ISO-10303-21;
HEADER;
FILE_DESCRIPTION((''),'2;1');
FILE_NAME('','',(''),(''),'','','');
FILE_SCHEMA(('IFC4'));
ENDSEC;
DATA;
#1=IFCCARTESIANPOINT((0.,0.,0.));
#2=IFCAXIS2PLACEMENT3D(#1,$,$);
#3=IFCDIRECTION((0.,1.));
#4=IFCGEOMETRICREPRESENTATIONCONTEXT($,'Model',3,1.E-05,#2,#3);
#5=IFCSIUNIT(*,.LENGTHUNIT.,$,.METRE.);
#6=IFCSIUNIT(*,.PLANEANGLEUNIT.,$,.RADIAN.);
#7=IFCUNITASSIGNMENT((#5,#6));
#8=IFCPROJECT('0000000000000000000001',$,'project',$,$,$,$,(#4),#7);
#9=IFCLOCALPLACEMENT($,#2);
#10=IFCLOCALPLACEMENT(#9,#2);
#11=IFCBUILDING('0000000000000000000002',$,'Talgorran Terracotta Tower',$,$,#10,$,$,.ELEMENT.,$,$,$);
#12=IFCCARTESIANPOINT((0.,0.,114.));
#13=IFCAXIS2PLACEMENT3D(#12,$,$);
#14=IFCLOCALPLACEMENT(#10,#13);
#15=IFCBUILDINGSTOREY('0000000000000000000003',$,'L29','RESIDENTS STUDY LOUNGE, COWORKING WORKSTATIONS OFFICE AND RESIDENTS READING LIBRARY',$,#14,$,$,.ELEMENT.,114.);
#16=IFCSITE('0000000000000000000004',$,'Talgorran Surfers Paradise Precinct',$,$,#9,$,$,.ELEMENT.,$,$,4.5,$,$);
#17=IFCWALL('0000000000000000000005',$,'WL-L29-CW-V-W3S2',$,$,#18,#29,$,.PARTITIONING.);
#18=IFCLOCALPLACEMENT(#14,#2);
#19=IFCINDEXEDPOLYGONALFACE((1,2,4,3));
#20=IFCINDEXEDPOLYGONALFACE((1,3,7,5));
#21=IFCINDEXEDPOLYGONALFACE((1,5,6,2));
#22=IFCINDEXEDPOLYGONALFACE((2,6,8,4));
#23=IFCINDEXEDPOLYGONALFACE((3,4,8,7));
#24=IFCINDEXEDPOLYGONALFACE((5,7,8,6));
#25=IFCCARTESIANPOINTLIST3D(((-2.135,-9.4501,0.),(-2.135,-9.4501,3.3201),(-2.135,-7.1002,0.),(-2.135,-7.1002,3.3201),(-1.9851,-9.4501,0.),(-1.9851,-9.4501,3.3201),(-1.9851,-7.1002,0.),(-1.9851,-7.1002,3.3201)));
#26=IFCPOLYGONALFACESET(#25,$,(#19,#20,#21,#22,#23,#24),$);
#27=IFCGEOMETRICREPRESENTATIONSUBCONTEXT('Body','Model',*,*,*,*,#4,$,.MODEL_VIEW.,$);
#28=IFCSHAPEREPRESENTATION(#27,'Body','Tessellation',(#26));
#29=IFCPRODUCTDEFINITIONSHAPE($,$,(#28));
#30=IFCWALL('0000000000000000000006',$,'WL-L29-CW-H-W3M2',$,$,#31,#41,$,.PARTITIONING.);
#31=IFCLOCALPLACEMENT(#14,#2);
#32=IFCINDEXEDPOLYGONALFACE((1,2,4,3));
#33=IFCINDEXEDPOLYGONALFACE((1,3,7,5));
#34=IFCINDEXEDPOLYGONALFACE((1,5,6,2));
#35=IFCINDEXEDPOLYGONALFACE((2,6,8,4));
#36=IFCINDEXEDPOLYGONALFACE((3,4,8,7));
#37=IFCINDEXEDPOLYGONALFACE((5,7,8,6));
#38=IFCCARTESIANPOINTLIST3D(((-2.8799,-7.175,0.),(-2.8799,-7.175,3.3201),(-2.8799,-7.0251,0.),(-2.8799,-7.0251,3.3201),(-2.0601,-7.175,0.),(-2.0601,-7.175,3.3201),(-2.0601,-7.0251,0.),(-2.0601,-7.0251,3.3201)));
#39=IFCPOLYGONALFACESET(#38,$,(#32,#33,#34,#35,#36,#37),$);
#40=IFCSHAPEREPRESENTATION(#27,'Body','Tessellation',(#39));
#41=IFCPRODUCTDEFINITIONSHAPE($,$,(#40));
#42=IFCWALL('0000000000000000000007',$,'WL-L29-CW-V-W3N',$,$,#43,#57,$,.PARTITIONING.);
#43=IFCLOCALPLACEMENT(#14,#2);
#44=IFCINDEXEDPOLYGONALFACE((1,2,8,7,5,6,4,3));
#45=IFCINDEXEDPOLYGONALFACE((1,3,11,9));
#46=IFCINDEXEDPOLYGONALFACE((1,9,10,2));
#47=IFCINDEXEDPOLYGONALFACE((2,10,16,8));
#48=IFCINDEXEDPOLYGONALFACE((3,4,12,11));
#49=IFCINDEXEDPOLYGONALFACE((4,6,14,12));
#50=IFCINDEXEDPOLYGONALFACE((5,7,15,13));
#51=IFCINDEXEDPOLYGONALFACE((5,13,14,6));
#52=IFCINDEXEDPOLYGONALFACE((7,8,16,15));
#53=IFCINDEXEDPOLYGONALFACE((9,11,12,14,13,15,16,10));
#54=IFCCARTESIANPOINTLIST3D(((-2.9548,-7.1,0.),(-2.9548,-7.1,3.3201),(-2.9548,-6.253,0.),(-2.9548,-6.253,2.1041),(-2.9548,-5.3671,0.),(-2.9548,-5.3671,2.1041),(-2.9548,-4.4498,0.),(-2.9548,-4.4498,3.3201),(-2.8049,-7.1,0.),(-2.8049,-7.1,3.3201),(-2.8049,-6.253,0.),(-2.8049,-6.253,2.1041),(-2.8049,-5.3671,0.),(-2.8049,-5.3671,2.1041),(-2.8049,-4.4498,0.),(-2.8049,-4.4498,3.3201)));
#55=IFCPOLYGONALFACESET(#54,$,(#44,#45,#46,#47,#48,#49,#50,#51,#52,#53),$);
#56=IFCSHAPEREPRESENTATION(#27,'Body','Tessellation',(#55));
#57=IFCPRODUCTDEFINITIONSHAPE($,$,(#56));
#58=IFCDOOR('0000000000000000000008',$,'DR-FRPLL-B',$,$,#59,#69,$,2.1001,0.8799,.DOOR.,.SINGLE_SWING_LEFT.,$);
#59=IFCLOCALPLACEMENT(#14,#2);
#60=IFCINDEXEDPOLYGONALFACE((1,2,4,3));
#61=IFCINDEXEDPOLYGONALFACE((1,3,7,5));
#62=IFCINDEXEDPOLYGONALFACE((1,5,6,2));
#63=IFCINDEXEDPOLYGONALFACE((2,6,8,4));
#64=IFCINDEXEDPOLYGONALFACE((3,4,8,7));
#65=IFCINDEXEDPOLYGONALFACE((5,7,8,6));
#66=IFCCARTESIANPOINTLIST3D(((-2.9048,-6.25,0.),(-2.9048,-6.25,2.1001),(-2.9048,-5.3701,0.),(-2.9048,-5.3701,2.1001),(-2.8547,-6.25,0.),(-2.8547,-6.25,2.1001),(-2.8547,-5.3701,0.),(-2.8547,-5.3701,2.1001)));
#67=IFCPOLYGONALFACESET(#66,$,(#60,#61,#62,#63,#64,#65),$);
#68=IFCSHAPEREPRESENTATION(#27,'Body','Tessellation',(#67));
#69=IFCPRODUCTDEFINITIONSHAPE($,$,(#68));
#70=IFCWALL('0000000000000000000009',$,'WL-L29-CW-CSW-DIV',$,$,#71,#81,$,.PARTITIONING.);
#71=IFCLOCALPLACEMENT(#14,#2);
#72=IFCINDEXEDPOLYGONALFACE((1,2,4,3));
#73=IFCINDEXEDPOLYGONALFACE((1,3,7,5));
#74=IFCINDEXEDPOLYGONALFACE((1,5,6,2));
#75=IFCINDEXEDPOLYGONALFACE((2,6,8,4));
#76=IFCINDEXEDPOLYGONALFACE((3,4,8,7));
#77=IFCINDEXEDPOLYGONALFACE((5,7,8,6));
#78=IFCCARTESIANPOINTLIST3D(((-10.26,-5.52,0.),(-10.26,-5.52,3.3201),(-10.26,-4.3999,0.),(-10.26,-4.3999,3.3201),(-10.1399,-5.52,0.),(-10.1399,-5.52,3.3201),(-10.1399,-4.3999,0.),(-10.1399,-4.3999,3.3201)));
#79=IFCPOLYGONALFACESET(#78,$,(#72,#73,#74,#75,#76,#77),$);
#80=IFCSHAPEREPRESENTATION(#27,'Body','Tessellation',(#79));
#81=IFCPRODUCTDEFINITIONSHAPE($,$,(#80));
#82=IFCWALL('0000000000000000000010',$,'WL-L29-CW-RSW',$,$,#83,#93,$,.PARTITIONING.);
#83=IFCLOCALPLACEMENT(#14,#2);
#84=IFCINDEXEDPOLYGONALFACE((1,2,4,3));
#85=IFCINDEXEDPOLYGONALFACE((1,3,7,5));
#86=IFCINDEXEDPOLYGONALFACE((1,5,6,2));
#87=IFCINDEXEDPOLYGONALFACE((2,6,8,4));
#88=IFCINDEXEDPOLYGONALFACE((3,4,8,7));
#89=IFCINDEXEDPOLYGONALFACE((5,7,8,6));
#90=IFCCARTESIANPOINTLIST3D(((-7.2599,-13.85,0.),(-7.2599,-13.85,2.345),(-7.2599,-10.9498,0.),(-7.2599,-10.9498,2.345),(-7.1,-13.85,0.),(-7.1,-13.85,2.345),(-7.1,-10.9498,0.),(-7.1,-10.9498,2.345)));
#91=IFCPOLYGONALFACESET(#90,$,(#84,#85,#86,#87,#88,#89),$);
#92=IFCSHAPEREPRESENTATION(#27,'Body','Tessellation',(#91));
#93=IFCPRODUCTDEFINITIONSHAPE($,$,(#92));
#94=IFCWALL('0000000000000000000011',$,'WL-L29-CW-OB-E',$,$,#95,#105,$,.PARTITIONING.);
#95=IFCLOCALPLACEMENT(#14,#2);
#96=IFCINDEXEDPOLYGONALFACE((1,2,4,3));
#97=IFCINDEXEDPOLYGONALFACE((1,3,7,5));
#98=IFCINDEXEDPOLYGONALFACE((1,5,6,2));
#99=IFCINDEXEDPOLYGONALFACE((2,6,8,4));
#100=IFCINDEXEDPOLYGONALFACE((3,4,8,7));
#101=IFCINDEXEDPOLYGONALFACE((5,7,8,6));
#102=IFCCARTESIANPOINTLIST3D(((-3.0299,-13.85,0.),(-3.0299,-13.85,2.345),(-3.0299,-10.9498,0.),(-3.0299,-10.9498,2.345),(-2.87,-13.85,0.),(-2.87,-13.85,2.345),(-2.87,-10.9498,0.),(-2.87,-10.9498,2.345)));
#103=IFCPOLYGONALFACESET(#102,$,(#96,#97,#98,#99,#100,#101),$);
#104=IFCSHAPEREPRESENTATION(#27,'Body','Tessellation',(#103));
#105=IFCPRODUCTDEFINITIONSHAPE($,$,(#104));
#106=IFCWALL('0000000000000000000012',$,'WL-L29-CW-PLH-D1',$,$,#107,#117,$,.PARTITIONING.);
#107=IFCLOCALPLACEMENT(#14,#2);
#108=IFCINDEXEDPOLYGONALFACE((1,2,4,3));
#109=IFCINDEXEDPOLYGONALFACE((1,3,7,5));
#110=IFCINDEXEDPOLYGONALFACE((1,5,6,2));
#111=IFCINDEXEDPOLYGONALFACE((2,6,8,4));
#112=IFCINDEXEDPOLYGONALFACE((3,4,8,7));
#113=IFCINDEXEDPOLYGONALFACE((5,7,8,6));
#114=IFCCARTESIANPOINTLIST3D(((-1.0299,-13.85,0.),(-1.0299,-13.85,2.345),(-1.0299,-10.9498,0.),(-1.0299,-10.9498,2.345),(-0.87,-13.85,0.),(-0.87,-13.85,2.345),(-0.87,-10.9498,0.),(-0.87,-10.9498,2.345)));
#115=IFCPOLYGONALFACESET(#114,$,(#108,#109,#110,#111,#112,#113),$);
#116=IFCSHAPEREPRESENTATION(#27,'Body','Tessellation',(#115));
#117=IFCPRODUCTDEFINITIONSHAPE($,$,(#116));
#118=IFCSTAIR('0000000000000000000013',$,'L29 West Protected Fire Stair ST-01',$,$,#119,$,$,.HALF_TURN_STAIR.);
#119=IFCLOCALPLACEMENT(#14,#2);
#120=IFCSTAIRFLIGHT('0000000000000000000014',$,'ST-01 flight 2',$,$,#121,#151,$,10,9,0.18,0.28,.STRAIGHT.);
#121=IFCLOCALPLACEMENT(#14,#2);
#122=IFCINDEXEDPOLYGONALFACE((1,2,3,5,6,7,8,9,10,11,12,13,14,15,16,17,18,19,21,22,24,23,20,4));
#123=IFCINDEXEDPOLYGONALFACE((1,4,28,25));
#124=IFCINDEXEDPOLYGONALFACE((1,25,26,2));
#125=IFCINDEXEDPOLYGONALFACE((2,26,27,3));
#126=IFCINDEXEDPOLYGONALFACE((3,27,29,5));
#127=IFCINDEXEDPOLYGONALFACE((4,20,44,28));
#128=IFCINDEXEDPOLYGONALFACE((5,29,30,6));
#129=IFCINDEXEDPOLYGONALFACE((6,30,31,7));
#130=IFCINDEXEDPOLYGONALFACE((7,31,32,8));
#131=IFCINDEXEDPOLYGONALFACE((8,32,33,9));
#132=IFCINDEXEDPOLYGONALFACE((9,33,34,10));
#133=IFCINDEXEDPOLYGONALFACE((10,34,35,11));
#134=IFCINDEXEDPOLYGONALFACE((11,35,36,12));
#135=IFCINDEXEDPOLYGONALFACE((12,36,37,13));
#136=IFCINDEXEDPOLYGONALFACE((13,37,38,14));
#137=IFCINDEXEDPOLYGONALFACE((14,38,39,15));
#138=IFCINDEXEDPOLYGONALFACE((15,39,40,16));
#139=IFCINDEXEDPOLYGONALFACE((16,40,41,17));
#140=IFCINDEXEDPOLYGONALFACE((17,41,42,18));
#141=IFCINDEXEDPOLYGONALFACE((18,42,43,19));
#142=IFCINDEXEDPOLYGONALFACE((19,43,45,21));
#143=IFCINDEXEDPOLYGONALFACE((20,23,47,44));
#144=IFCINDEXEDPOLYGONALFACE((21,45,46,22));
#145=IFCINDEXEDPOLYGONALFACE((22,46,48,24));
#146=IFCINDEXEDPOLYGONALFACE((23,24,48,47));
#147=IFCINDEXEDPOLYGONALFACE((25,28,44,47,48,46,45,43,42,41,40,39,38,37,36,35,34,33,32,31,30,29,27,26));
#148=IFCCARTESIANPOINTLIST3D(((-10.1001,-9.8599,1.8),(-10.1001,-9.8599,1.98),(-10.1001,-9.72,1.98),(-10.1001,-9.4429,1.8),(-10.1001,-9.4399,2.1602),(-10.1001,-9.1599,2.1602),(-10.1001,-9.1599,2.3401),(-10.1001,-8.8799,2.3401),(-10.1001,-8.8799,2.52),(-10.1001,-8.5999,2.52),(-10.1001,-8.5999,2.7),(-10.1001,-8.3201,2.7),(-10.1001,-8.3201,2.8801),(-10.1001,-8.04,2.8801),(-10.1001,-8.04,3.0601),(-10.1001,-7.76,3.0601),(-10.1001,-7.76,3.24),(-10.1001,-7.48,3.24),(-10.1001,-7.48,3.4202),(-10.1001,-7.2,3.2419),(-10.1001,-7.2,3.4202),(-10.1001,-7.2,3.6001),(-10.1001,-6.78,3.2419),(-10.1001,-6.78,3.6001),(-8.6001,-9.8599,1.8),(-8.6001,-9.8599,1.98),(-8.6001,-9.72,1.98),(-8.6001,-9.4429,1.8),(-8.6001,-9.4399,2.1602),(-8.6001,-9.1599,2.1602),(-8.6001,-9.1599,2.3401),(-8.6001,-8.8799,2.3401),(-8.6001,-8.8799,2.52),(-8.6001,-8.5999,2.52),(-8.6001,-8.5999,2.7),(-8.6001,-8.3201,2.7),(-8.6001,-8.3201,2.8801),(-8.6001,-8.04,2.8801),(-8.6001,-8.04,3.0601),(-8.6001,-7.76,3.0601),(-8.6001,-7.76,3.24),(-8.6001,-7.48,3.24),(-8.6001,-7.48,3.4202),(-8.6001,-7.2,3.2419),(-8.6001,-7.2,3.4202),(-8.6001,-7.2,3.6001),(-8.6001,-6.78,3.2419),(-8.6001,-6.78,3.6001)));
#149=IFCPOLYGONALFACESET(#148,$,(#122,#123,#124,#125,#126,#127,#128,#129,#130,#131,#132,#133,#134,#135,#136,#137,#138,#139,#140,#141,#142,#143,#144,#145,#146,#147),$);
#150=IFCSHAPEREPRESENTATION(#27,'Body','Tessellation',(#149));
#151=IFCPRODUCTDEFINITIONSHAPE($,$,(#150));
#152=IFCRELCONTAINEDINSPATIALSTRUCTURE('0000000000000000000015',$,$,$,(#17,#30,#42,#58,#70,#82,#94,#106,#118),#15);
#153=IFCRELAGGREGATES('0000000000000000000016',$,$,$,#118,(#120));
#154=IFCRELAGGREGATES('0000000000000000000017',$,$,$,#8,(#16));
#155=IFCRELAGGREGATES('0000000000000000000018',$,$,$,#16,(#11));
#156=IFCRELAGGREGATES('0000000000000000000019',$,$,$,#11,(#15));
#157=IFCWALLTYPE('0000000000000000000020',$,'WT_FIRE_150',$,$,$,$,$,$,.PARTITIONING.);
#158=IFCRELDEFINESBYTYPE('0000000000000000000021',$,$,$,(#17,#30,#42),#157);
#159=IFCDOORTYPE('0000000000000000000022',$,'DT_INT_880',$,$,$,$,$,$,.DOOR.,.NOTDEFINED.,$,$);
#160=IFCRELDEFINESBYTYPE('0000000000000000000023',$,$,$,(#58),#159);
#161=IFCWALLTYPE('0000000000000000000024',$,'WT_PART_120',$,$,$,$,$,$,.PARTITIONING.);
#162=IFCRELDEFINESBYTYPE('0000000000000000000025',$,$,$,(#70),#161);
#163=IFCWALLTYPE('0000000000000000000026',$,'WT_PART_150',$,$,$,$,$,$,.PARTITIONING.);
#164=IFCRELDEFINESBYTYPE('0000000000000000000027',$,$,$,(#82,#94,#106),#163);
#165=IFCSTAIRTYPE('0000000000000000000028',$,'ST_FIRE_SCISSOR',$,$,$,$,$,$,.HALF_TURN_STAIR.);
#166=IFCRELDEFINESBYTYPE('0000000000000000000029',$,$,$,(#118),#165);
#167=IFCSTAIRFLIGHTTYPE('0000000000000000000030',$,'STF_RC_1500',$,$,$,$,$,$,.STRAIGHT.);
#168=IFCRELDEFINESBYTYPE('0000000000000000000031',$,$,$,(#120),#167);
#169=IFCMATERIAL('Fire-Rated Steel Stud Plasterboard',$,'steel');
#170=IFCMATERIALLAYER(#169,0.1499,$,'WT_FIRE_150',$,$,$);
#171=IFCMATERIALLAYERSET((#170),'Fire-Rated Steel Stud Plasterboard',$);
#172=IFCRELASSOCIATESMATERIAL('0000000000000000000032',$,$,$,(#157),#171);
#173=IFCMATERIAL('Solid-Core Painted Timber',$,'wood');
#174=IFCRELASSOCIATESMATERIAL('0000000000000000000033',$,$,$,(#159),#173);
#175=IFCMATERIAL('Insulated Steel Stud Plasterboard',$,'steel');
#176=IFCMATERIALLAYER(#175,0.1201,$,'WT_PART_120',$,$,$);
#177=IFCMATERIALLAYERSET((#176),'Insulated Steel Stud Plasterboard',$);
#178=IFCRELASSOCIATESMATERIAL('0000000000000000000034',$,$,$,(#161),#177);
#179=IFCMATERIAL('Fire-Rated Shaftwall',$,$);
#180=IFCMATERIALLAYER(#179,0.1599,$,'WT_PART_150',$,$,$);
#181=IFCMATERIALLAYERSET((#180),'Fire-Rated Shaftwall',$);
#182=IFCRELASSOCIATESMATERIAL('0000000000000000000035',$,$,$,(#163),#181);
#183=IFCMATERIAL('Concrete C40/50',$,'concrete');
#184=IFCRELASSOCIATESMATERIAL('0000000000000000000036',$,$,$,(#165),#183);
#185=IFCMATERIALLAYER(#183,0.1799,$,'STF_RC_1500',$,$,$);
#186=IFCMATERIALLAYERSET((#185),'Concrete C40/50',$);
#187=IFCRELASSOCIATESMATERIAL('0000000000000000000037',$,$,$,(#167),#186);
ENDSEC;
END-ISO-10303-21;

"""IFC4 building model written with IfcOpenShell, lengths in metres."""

from ifc_helpers import new_model, si_unit, direction, frame, frame_2d, origin, place, context, subcontext, project, spatial, polyline, rectangle, outline, extrude, material, layer, layer_set, type_object, element, fill, aggregate, save


model = new_model("IFC4")

# Units and contexts
model_context = context("Model", 3, precision=1e-05, world=origin(), true_north=direction((0.0, 1.0)))
body_context = subcontext(model_context, "Body", "Model", "MODEL_VIEW")
ifc_project = project(units=[si_unit("LENGTHUNIT", "METRE"), si_unit("PLANEANGLEUNIT", "RADIAN")], contexts=[model_context])

# Site, building, storey
site_placement = place(None, origin())
site = spatial("IfcSite", under=ifc_project, at=site_placement, Name="Talgorran Surfers Paradise Precinct", CompositionType="ELEMENT", RefElevation=4.5)
building_placement = place(site_placement, origin())
building = spatial("IfcBuilding", under=site, at=building_placement, Name="Talgorran Terracotta Tower", CompositionType="ELEMENT")
storey_placement = place(building_placement, frame((0.0, 0.0, 114.0)))
storey = spatial("IfcBuildingStorey", under=building, at=storey_placement, Name="L29", Description="RESIDENTS STUDY LOUNGE, COWORKING WORKSTATIONS OFFICE AND RESIDENTS READING LIBRARY", CompositionType="ELEMENT", Elevation=114.0)

# Walls
ifc_material_1 = material(Name="Fire-Rated Steel Stud Plasterboard", Category="steel")
ifc_layer_1 = layer(ifc_material_1, 0.1499, Name="WT_FIRE_150")
ifc_layer_set_1 = layer_set([ifc_layer_1], Name="Fire-Rated Steel Stud Plasterboard")
wall_type_1 = type_object("IfcWallType", Name="WT_FIRE_150", PredefinedType="PARTITIONING", material=ifc_layer_set_1)
wall_1_placement = place(storey_placement, frame((-2.0601, -9.45, 0.0), z_axis=(0.0, 0.0, 1.0), x_axis=(0.0, 1.0, 0.0)))
element("IfcWall", 1, at=wall_1_placement, inside=storey, type_object=wall_type_1, Name="WL-L29-CW-V-W3S2", PredefinedType="PARTITIONING", context=body_context, shape_type="SweptSolid", body=[
    extrude(rectangle(XDim=2.3499, YDim=0.1499, at=frame_2d((1.1748, 0.0))), origin(), (0.0, 0.0, 1.0), 3.3201),
])
wall_2_placement = place(storey_placement, frame((-2.8799, -7.1001, 0.0), z_axis=(0.0, 0.0, 1.0), x_axis=(1.0, 0.0, 0.0)))
element("IfcWall", 2, at=wall_2_placement, inside=storey, type_object=wall_type_1, Name="WL-L29-CW-H-W3M2", PredefinedType="PARTITIONING", context=body_context, shape_type="SweptSolid", body=[
    extrude(rectangle(XDim=0.8198, YDim=0.1499, at=frame_2d((0.4099, 0.0))), origin(), (0.0, 0.0, 1.0), 3.3201),
])

# Wall, opening, door
wall_3_placement = place(storey_placement, frame((-2.8799, -7.1001, 0.0), z_axis=(0.0, 0.0, 1.0), x_axis=(0.0, 1.0, 0.0)))
wall_3 = element("IfcWall", 3, at=wall_3_placement, inside=storey, type_object=wall_type_1, Name="WL-L29-CW-V-W3N", PredefinedType="PARTITIONING", context=body_context, shape_type="SweptSolid", body=[
    extrude(rectangle(XDim=2.6501, YDim=0.1499, at=frame_2d((1.3252, 0.0))), origin(), (0.0, 0.0, 1.0), 3.3201),
])
opening_1_placement = place(wall_3_placement, frame((0.8501, 0.0, 0.0)))
opening_1 = element("IfcOpeningElement", 4, at=opening_1_placement, cuts=wall_3, PredefinedType="OPENING", context=body_context, shape_type="SweptSolid", body=[
    extrude(rectangle(XDim=0.8859, YDim=2.1041, at=frame_2d((0.4399, 1.052))), frame((0.0, 0.085, 0.0), z_axis=(0.0, -1.0, 0.0), x_axis=(1.0, 0.0, 0.0)), (0.0, 0.0, 1.0), 0.1699),
])
ifc_material_2 = material(Name="Solid-Core Painted Timber", Category="wood")
door_type_1 = type_object("IfcDoorType", Name="DT_INT_880", OperationType="NOTDEFINED", PredefinedType="DOOR", material=ifc_material_2)
door_1_placement = place(opening_1_placement, origin())
door_1 = element("IfcDoor", 5, at=door_1_placement, inside=storey, type_object=door_type_1, Name="DR-FRPLL-B", OperationType="SINGLE_SWING_LEFT", OverallHeight=2.1001, OverallWidth=0.8799, PredefinedType="DOOR", context=body_context, shape_type="SweptSolid", body=[
    extrude(rectangle(XDim=0.8799, YDim=2.1001, at=frame_2d((0.4399, 1.05))), frame((0.0, 0.0249, 0.0), z_axis=(0.0, -1.0, 0.0), x_axis=(1.0, 0.0, 0.0)), (0.0, 0.0, 1.0), 0.05),
])
fill(opening_1, door_1)

# Walls
ifc_material_3 = material(Name="Insulated Steel Stud Plasterboard", Category="steel")
ifc_layer_2 = layer(ifc_material_3, 0.1201, Name="WT_PART_120")
ifc_layer_set_2 = layer_set([ifc_layer_2], Name="Insulated Steel Stud Plasterboard")
wall_type_2 = type_object("IfcWallType", Name="WT_PART_120", PredefinedType="PARTITIONING", material=ifc_layer_set_2)
wall_4_placement = place(storey_placement, frame((-10.2, -5.52, 0.0), z_axis=(0.0, 0.0, 1.0), x_axis=(0.0, 1.0, 0.0)))
element("IfcWall", 6, at=wall_4_placement, inside=storey, type_object=wall_type_2, Name="WL-L29-CW-CSW-DIV", PredefinedType="PARTITIONING", context=body_context, shape_type="SweptSolid", body=[
    extrude(rectangle(XDim=1.1201, YDim=0.1201, at=frame_2d((0.5601, 0.0))), origin(), (0.0, 0.0, 1.0), 3.3201),
])
ifc_material_4 = material(Name="Fire-Rated Shaftwall")
ifc_layer_3 = layer(ifc_material_4, 0.1599, Name="WT_PART_150")
ifc_layer_set_3 = layer_set([ifc_layer_3], Name="Fire-Rated Shaftwall")
wall_type_3 = type_object("IfcWallType", Name="WT_PART_150", PredefinedType="PARTITIONING", material=ifc_layer_set_3)
for number, where, z_axis, x_axis, name in (
    (7, (-7.1799, -13.8501, 0.0), (0.0, 0.0, 1.0), (0.0, 1.0, 0.0), "WL-L29-CW-RSW"),
    (8, (-2.95, -13.8501, 0.0), (0.0, 0.0, 1.0), (0.0, 1.0, 0.0), "WL-L29-CW-OB-E"),
    (9, (-0.95, -13.8501, 0.0), (0.0, 0.0, 1.0), (0.0, 1.0, 0.0), "WL-L29-CW-PLH-D1"),
):
    element("IfcWall", number, at=place(storey_placement, frame(where, z_axis=z_axis, x_axis=x_axis)), inside=storey, type_object=wall_type_3, Name=name, PredefinedType="PARTITIONING", context=body_context, shape_type="SweptSolid", body=[
        extrude(rectangle(XDim=2.9001, YDim=0.1599, at=frame_2d((1.4502, 0.0))), origin(), (0.0, 0.0, 1.0), 2.345),
    ])

# Stair, stair flight
ifc_material_5 = material(Name="Concrete C40/50", Category="concrete")
stair_type = type_object("IfcStairType", Name="ST_FIRE_SCISSOR", PredefinedType="HALF_TURN_STAIR", material=ifc_material_5)
stair_placement = place(storey_placement, origin())
stair = element("IfcStair", 10, at=stair_placement, inside=storey, type_object=stair_type, Name="L29 West Protected Fire Stair ST-01", PredefinedType="HALF_TURN_STAIR")
ifc_layer_4 = layer(ifc_material_5, 0.1799, Name="STF_RC_1500")
ifc_layer_set_4 = layer_set([ifc_layer_4], Name="Concrete C40/50")
stair_flight_type = type_object("IfcStairFlightType", Name="STF_RC_1500", PredefinedType="STRAIGHT", material=ifc_layer_set_4)
stair_flight_placement = place(storey_placement, frame((-9.3501, -9.72, 1.8), z_axis=(0.0, 0.0, 1.0), x_axis=(0.0, 1.0, 0.0)))
stair_flight = element("IfcStairFlight", 11, at=stair_flight_placement, type_object=stair_flight_type, Name="ST-01 flight 2", NumberOfRisers=10, NumberOfTreads=9, PredefinedType="STRAIGHT", RiserHeight=0.18, TreadLength=0.28, context=body_context, shape_type="SweptSolid", body=[
    extrude(outline(polyline([(-0.1399, 0.0), (-0.1399, 0.1799), (0.0, 0.1799), (0.28, 0.3601), (0.5601, 0.3601), (0.5601, 0.54), (0.8401, 0.54), (0.8401, 0.72), (1.1201, 0.72), (1.1201, 0.8999), (1.3999, 0.8999), (1.3999, 1.0801), (1.6799, 1.0801), (1.6799, 1.26), (1.96, 1.26), (1.96, 1.4399), (2.24, 1.4399), (2.24, 1.6201), (2.52, 1.6201), (2.52, 1.8), (2.9399, 1.8), (2.9399, 1.4419), (2.52, 1.4419), (0.2771, 0.0), (-0.1399, 0.0)])), frame((0.0, 0.75, 0.0), z_axis=(0.0, -1.0, 0.0), x_axis=(1.0, 0.0, 0.0)), (0.0, 0.0, 1.0), 1.5),
])
aggregate(stair, [stair_flight])

save(model, "model.ifc")
